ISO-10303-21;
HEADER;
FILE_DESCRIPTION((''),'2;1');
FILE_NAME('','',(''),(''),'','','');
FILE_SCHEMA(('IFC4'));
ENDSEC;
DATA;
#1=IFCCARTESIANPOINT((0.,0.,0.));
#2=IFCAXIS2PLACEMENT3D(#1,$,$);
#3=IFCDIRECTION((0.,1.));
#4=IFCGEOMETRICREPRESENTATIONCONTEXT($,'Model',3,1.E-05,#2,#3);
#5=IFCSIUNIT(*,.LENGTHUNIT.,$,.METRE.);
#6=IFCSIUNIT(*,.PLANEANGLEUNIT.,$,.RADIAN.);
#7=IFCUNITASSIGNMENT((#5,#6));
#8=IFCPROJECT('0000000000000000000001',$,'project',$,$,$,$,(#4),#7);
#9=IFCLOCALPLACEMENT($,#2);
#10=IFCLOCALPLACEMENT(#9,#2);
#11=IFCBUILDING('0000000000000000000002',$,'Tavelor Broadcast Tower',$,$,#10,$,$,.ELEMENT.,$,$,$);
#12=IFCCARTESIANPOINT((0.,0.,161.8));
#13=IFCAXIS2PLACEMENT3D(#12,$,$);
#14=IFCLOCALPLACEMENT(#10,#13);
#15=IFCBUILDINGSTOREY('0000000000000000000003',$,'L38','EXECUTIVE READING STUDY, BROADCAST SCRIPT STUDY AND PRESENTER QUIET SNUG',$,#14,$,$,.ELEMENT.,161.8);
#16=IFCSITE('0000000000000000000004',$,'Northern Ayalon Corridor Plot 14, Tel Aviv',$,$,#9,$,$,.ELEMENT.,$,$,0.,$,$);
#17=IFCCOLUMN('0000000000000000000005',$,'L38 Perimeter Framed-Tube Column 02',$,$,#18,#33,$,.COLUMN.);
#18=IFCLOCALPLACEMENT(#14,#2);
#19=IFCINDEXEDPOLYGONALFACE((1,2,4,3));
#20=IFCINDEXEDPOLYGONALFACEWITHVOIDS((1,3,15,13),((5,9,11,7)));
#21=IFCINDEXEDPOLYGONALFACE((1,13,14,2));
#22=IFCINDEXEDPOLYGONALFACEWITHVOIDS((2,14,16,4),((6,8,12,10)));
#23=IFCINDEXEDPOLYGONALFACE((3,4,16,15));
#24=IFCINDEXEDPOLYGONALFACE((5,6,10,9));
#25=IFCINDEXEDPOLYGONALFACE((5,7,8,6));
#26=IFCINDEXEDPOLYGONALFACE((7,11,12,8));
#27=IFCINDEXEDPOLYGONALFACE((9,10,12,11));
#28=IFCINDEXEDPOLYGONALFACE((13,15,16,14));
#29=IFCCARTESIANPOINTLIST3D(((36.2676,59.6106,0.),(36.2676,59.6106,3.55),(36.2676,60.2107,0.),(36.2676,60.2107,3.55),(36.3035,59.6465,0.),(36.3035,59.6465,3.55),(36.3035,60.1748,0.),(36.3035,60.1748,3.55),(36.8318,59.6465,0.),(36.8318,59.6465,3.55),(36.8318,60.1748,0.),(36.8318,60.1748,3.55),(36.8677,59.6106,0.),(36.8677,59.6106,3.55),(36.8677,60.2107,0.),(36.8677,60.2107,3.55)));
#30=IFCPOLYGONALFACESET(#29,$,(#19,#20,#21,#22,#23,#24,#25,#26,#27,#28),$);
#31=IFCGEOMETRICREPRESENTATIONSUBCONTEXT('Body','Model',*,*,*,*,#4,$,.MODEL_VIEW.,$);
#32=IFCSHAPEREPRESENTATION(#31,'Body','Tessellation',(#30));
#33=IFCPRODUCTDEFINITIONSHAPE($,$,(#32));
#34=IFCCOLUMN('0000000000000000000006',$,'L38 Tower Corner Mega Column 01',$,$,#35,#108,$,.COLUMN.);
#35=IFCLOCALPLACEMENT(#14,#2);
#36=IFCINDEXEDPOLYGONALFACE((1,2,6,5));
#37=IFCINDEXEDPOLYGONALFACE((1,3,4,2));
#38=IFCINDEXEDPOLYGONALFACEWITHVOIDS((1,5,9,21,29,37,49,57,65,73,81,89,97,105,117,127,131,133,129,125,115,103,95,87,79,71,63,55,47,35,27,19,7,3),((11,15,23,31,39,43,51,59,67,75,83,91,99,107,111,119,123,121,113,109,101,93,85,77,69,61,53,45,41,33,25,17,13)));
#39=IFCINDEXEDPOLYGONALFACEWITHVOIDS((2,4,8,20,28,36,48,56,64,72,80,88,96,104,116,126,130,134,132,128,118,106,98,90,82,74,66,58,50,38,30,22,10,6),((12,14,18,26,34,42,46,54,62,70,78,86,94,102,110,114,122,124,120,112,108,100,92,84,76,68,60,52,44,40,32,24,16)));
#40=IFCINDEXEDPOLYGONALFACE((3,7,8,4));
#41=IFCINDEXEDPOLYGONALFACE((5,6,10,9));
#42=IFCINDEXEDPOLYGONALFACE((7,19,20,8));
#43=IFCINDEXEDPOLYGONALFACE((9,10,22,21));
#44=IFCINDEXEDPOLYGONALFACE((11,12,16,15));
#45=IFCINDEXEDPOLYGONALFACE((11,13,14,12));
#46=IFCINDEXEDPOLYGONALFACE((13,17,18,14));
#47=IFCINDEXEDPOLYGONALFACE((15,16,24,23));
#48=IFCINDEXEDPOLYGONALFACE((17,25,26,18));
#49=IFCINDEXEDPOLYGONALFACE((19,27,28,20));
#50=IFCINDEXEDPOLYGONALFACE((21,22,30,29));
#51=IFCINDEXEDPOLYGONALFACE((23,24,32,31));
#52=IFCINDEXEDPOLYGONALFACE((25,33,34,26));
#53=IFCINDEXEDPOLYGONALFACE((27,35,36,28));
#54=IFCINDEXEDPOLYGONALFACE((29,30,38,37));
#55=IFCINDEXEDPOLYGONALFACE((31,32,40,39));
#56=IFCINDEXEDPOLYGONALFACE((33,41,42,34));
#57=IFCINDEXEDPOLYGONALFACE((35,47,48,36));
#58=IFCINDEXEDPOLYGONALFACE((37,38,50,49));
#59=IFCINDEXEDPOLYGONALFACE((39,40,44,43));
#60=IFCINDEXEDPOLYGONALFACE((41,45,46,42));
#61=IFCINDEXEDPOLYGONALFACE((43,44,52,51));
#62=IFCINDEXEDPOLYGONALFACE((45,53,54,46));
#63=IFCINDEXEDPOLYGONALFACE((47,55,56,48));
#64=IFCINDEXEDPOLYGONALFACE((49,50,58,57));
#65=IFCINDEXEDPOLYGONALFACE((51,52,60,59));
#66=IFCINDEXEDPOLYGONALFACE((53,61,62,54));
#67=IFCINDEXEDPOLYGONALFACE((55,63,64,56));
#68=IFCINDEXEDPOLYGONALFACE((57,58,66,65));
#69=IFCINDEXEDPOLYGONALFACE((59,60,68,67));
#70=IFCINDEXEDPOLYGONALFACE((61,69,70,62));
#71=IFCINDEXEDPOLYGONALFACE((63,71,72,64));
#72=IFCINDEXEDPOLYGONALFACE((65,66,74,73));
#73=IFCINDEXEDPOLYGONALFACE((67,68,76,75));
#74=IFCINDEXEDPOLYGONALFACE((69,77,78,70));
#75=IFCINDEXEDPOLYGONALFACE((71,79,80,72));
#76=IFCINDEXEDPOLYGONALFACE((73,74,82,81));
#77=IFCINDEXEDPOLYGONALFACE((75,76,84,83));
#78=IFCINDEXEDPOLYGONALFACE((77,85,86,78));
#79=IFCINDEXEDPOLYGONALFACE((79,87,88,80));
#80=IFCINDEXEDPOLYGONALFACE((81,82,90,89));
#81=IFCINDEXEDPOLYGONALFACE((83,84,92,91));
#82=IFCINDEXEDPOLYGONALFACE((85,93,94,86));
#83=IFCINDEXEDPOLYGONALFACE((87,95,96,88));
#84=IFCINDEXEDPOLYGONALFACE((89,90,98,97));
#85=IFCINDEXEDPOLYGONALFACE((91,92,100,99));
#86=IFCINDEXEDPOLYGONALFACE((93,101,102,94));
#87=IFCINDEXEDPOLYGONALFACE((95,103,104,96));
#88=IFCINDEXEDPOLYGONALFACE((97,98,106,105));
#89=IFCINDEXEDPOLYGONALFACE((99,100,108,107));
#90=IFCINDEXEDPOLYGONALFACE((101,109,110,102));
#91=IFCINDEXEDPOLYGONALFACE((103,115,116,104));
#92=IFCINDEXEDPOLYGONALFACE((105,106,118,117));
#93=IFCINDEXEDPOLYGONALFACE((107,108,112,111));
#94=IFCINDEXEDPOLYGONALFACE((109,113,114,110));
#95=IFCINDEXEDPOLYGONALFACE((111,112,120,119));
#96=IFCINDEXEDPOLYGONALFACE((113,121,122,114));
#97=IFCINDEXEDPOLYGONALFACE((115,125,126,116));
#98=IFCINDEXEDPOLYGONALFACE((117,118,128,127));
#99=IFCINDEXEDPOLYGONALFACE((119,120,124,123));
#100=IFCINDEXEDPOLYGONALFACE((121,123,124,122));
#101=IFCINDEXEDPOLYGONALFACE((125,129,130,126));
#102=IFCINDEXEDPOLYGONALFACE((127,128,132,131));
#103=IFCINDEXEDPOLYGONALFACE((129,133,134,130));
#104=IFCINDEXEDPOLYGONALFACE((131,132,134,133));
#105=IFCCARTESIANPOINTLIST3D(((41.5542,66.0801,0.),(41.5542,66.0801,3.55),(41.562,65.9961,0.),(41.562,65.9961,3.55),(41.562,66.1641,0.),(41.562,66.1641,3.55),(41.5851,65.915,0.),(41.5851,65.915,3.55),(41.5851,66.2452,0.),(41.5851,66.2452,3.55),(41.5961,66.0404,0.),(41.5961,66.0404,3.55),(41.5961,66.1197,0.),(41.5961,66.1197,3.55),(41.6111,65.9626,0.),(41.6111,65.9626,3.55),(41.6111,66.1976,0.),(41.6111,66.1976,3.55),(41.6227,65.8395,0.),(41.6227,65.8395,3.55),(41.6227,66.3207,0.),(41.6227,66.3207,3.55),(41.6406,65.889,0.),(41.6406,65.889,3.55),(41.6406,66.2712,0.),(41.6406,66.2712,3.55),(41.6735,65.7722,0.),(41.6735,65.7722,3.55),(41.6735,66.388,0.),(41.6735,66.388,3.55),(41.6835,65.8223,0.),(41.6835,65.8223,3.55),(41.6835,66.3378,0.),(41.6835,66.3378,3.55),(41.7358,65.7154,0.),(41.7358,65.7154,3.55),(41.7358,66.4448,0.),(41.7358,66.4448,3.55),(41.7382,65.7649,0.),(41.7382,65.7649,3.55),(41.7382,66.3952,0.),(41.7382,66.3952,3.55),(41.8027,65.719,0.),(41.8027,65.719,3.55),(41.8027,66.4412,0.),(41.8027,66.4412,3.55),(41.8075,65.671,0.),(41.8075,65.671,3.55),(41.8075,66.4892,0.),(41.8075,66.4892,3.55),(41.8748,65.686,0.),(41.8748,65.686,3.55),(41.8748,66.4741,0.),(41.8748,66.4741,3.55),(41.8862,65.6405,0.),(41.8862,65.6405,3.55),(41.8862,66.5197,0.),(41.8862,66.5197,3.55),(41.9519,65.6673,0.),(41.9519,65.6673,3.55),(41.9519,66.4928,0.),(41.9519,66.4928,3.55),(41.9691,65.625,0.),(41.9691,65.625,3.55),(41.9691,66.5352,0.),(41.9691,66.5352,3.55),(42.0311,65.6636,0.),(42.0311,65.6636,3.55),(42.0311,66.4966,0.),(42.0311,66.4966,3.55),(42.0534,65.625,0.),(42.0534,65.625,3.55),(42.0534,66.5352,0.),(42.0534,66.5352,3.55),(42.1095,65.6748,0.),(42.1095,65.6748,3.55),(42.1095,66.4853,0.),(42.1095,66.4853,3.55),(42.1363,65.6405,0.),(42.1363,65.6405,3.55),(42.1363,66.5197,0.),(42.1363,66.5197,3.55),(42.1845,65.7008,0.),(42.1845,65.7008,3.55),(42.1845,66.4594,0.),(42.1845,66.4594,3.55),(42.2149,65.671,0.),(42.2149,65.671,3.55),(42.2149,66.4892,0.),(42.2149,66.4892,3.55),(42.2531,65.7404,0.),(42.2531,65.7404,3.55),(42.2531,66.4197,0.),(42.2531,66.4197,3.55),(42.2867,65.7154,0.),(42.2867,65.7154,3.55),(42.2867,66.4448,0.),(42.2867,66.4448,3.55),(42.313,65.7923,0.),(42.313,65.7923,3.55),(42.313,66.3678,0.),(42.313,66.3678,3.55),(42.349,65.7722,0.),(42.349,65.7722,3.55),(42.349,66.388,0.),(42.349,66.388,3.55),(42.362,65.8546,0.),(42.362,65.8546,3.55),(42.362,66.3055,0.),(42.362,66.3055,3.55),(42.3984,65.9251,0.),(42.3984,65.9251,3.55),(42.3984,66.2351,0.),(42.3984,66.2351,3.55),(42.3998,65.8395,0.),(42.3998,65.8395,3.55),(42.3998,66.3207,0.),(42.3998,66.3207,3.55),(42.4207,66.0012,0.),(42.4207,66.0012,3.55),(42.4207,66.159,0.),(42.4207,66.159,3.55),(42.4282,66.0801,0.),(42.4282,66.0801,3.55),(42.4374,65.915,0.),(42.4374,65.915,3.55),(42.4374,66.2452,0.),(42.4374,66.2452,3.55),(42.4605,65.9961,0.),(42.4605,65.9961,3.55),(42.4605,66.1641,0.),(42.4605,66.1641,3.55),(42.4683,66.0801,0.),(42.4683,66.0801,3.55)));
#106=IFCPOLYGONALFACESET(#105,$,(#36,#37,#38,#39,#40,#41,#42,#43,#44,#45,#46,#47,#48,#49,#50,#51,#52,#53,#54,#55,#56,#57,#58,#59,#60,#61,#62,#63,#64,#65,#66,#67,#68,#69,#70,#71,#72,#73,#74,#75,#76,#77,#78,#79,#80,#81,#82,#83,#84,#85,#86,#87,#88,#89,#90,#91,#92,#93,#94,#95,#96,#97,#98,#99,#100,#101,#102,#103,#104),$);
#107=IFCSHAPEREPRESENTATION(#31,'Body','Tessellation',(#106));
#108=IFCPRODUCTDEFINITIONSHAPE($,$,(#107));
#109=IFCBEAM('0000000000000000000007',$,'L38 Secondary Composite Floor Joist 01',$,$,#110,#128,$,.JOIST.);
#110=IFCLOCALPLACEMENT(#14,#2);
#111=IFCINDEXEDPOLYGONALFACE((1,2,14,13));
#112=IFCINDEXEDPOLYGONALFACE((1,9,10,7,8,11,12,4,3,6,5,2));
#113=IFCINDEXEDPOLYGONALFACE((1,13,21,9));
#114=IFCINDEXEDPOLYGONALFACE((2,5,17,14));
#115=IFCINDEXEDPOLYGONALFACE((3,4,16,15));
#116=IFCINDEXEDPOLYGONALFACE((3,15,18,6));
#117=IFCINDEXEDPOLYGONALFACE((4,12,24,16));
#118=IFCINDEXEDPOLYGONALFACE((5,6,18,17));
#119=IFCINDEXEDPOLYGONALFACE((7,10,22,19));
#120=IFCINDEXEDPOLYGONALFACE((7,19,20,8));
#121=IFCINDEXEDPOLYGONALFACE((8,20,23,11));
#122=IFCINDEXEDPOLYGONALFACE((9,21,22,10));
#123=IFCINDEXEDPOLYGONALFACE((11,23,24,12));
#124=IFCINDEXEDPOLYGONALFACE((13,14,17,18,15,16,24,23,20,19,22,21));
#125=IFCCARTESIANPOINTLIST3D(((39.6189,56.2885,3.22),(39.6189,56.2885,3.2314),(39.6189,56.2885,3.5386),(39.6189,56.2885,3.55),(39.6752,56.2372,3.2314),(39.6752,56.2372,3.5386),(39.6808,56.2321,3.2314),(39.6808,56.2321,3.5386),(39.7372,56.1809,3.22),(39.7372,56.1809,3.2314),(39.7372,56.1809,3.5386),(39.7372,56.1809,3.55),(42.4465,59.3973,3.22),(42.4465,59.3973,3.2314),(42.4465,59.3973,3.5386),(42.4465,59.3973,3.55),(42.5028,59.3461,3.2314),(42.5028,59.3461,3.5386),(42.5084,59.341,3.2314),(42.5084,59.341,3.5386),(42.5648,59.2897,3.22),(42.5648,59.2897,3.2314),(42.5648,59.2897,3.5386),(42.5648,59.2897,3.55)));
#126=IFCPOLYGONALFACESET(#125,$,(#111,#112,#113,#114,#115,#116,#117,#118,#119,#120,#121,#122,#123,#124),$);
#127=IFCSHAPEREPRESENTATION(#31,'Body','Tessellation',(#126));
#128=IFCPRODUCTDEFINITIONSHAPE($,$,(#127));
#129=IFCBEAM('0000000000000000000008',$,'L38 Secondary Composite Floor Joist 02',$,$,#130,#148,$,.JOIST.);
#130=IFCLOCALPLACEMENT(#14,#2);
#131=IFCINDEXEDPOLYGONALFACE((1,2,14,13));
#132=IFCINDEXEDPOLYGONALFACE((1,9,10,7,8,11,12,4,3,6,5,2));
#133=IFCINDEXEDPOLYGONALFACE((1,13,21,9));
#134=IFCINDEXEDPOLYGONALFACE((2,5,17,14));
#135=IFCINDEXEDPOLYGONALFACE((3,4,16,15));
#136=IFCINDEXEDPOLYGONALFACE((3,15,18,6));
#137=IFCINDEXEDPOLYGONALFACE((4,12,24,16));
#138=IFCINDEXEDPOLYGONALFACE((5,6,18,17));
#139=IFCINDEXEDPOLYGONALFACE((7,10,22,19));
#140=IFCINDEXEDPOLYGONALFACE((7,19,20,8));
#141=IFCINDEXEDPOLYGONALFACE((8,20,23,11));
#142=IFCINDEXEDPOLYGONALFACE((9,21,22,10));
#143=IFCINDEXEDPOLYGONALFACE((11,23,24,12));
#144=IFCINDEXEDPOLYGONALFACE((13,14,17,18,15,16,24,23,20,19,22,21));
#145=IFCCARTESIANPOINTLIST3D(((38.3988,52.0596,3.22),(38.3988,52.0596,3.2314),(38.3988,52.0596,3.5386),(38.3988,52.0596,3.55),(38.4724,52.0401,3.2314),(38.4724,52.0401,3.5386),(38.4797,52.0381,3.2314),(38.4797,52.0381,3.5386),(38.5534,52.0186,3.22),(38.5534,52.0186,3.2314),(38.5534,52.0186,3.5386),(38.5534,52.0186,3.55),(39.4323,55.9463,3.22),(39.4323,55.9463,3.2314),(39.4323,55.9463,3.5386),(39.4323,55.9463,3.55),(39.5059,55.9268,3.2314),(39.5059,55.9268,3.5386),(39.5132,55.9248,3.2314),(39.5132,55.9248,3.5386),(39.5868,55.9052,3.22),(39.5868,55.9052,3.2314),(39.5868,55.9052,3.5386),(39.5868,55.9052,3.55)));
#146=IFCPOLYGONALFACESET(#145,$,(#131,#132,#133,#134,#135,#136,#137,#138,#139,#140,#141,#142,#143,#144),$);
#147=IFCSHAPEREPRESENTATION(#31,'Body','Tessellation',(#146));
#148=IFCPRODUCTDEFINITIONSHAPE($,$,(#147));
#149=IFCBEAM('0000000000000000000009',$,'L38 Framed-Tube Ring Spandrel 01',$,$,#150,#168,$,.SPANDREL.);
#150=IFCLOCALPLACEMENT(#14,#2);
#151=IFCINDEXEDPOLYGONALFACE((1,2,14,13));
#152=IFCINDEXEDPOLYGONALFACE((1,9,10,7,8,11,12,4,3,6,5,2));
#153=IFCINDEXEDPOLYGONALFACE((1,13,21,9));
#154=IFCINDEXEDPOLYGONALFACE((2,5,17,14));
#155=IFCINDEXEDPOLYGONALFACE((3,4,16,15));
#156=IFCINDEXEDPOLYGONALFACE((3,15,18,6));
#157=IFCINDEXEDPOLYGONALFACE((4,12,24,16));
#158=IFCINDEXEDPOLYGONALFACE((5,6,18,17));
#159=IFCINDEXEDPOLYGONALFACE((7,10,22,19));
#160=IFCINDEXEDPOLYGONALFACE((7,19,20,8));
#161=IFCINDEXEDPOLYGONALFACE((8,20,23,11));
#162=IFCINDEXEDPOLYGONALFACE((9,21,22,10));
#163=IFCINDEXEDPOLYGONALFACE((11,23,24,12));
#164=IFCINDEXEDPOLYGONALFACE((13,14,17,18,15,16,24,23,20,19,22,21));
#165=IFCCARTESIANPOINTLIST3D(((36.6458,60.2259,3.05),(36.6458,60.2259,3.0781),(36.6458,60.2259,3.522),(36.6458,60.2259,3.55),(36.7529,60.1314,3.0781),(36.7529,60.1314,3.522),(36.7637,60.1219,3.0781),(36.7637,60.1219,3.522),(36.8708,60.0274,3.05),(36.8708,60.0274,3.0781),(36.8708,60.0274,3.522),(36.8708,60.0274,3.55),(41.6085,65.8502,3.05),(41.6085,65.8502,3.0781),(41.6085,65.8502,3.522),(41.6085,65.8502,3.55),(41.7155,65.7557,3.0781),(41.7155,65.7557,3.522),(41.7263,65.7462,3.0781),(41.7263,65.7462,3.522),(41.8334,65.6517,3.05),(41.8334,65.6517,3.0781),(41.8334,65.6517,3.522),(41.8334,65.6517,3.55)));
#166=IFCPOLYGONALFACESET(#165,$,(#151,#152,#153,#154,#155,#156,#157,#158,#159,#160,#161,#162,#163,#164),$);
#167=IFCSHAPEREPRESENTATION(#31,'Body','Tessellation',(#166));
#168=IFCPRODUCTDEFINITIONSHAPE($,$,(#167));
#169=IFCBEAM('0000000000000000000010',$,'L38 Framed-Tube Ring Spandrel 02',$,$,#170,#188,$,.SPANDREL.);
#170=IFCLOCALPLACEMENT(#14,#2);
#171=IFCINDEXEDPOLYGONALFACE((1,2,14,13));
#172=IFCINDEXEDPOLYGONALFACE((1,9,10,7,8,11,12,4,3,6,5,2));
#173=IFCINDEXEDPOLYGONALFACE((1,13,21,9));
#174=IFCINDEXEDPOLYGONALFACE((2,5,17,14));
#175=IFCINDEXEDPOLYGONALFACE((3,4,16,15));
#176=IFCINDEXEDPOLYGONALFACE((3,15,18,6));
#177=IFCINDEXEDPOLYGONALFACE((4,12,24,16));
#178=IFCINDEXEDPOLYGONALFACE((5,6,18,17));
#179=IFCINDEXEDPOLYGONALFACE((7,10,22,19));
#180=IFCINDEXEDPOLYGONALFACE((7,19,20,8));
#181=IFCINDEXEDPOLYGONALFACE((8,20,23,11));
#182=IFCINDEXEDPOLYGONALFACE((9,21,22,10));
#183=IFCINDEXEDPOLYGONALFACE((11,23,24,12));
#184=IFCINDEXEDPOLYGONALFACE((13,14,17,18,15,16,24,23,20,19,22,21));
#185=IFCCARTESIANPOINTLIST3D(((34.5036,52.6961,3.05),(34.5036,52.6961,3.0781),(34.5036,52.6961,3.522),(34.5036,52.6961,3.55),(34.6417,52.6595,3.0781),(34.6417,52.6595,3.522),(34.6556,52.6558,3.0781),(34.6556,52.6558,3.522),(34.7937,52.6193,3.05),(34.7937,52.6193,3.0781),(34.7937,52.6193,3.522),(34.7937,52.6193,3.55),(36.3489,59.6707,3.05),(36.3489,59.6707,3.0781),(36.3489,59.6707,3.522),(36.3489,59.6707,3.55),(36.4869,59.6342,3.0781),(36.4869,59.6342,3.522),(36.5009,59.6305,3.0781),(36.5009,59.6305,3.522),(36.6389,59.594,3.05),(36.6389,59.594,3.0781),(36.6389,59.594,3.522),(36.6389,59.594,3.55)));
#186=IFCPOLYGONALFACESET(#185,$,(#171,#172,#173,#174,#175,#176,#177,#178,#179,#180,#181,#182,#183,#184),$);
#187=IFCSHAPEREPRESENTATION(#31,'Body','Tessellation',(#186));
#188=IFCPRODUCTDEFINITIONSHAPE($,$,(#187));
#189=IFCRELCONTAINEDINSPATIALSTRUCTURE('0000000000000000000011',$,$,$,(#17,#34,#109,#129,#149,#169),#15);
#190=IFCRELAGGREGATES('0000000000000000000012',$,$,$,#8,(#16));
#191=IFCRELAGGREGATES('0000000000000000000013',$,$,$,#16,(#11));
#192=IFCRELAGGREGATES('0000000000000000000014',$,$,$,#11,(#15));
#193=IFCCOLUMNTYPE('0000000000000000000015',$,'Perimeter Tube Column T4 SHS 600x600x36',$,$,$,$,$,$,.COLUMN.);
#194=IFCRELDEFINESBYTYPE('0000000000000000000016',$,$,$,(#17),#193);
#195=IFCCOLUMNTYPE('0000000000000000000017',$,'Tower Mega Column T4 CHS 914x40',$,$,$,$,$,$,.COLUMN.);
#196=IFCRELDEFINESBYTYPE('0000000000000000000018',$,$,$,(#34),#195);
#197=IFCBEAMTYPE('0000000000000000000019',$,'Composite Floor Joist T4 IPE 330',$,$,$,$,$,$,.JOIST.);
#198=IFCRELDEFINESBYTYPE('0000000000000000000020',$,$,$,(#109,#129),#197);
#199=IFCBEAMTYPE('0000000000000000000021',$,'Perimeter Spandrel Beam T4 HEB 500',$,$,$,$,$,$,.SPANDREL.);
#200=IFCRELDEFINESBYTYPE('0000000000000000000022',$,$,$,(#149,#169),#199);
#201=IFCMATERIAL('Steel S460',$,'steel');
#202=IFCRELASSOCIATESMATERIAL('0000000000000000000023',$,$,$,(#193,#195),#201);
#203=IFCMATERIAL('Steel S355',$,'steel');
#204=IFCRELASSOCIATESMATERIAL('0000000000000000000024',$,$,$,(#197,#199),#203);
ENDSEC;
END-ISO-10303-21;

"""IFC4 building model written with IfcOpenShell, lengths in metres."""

from ifc_helpers import new_model, si_unit, direction, frame, origin, origin_2d, place, context, subcontext, project, spatial, hollow_rectangle, hollow_circle, i_section, extrude, material, material_profile, profile_set, type_object, element, save


model = new_model("IFC4")

# Units and contexts
model_context = context("Model", 3, precision=1e-05, world=origin(), true_north=direction((0.0, 1.0)))
body_context = subcontext(model_context, "Body", "Model", "MODEL_VIEW")
ifc_project = project(units=[si_unit("LENGTHUNIT", "METRE"), si_unit("PLANEANGLEUNIT", "RADIAN")], contexts=[model_context])

# Site, building, storey
site_placement = place(None, origin())
site = spatial("IfcSite", under=ifc_project, at=site_placement, Name="Northern Ayalon Corridor Plot 14, Tel Aviv", CompositionType="ELEMENT", RefElevation=0.0)
building_placement = place(site_placement, origin())
building = spatial("IfcBuilding", under=site, at=building_placement, Name="Tavelor Broadcast Tower", CompositionType="ELEMENT")
storey_placement = place(building_placement, frame((0.0, 0.0, 161.8)))
storey = spatial("IfcBuildingStorey", under=building, at=storey_placement, Name="L38", Description="EXECUTIVE READING STUDY, BROADCAST SCRIPT STUDY AND PRESENTER QUIET SNUG", CompositionType="ELEMENT", Elevation=161.8)

# Columns
ifc_material_1 = material(Name="Steel S460", Category="steel")
ifc_material_profile_1 = material_profile(ifc_material_1, hollow_rectangle(XDim=0.6001, YDim=0.6001, WallThickness=0.0359, at=origin_2d()), Name="SHS 600x600x36")
ifc_profile_set_1 = profile_set([ifc_material_profile_1], Name="Steel S460")
column_type_1 = type_object("IfcColumnType", Name="Perimeter Tube Column T4 SHS 600x600x36", PredefinedType="COLUMN", material=ifc_profile_set_1)
column_1_placement = place(storey_placement, frame((36.5676, 59.9106, 0.0), z_axis=(0.0, 0.0, 1.0), x_axis=(1.0, 0.0, 0.0)))
element("IfcColumn", 1, at=column_1_placement, inside=storey, type_object=column_type_1, Name="L38 Perimeter Framed-Tube Column 02", PredefinedType="COLUMN", context=body_context, shape_type="SweptSolid", body=[
    extrude(hollow_rectangle(XDim=0.6001, YDim=0.6001, WallThickness=0.0359, at=origin_2d()), origin(), (0.0, 0.0, 1.0), 3.55),
])
ifc_material_profile_2 = material_profile(ifc_material_1, hollow_circle(Radius=0.457, WallThickness=0.04, at=origin_2d()), Name="CHS 914x40")
ifc_profile_set_2 = profile_set([ifc_material_profile_2], Name="Steel S460")
column_type_2 = type_object("IfcColumnType", Name="Tower Mega Column T4 CHS 914x40", PredefinedType="COLUMN", material=ifc_profile_set_2)
column_2_placement = place(storey_placement, frame((42.0112, 66.0801, 0.0), z_axis=(0.0, 0.0, 1.0), x_axis=(1.0, 0.0, 0.0)))
element("IfcColumn", 2, at=column_2_placement, inside=storey, type_object=column_type_2, Name="L38 Tower Corner Mega Column 01", PredefinedType="COLUMN", context=body_context, shape_type="SweptSolid", body=[
    extrude(hollow_circle(Radius=0.457, WallThickness=0.04, at=origin_2d()), origin(), (0.0, 0.0, 1.0), 3.55),
])

# Beams
ifc_material_2 = material(Name="Steel S355", Category="steel")
ifc_material_profile_3 = material_profile(ifc_material_2, i_section(OverallWidth=0.1599, OverallDepth=0.3301, WebThickness=0.0076, FlangeThickness=0.0115, at=origin_2d()), Name="IPE 330")
ifc_profile_set_3 = profile_set([ifc_material_profile_3], Name="Steel S355")
beam_type_1 = type_object("IfcBeamType", Name="Composite Floor Joist T4 IPE 330", PredefinedType="JOIST", material=ifc_profile_set_3)
beam_1_placement = place(storey_placement, frame((42.5056, 59.3435, 3.385), z_axis=(-0.672852, -0.739777, 0.0), x_axis=(0.739777, -0.672852, 0.0)))
element("IfcBeam", 3, at=beam_1_placement, inside=storey, type_object=beam_type_1, Name="L38 Secondary Composite Floor Joist 01", PredefinedType="JOIST", context=body_context, shape_type="SweptSolid", body=[
    extrude(i_section(OverallWidth=0.1599, OverallDepth=0.3301, WebThickness=0.0076, FlangeThickness=0.0115, at=origin_2d()), origin(), (0.0, 0.0, 1.0), 4.2024),
])
beam_2_placement = place(storey_placement, frame((39.5095, 55.9258, 3.385), z_axis=(-0.256964, -0.966421, 0.0), x_axis=(0.966421, -0.256964, 0.0)))
element("IfcBeam", 4, at=beam_2_placement, inside=storey, type_object=beam_type_1, Name="L38 Secondary Composite Floor Joist 02", PredefinedType="JOIST", context=body_context, shape_type="SweptSolid", body=[
    extrude(i_section(OverallWidth=0.1599, OverallDepth=0.3301, WebThickness=0.0076, FlangeThickness=0.0115, at=origin_2d()), origin(), (0.0, 0.0, 1.0), 4.0217),
])
ifc_material_profile_4 = material_profile(ifc_material_2, i_section(OverallWidth=0.3, OverallDepth=0.5, WebThickness=0.0144, FlangeThickness=0.0281, at=origin_2d()), Name="HEB 500")
ifc_profile_set_4 = profile_set([ifc_material_profile_4], Name="Steel S355")
beam_type_2 = type_object("IfcBeamType", Name="Perimeter Spandrel Beam T4 HEB 500", PredefinedType="SPANDREL", material=ifc_profile_set_4)
beam_3_placement = place(storey_placement, frame((41.7209, 65.751, 3.3), z_axis=(-0.661626, -0.749834, 0.0), x_axis=(0.749834, -0.661626, 0.0)))
element("IfcBeam", 5, at=beam_3_placement, inside=storey, type_object=beam_type_2, Name="L38 Framed-Tube Ring Spandrel 01", PredefinedType="SPANDREL", context=body_context, shape_type="SweptSolid", body=[
    extrude(i_section(OverallWidth=0.3, OverallDepth=0.5, WebThickness=0.0144, FlangeThickness=0.0281, at=origin_2d()), origin(), (0.0, 0.0, 1.0), 7.5007),
])
beam_4_placement = place(storey_placement, frame((36.4939, 59.6323, 3.3), z_axis=(-0.255762, -0.96674, 0.0), x_axis=(0.96674, -0.255762, 0.0)))
element("IfcBeam", 6, at=beam_4_placement, inside=storey, type_object=beam_type_2, Name="L38 Framed-Tube Ring Spandrel 02", PredefinedType="SPANDREL", context=body_context, shape_type="SweptSolid", body=[
    extrude(i_section(OverallWidth=0.3, OverallDepth=0.5, WebThickness=0.0144, FlangeThickness=0.0281, at=origin_2d()), origin(), (0.0, 0.0, 1.0), 7.2146),
])

save(model, "model.ifc")
